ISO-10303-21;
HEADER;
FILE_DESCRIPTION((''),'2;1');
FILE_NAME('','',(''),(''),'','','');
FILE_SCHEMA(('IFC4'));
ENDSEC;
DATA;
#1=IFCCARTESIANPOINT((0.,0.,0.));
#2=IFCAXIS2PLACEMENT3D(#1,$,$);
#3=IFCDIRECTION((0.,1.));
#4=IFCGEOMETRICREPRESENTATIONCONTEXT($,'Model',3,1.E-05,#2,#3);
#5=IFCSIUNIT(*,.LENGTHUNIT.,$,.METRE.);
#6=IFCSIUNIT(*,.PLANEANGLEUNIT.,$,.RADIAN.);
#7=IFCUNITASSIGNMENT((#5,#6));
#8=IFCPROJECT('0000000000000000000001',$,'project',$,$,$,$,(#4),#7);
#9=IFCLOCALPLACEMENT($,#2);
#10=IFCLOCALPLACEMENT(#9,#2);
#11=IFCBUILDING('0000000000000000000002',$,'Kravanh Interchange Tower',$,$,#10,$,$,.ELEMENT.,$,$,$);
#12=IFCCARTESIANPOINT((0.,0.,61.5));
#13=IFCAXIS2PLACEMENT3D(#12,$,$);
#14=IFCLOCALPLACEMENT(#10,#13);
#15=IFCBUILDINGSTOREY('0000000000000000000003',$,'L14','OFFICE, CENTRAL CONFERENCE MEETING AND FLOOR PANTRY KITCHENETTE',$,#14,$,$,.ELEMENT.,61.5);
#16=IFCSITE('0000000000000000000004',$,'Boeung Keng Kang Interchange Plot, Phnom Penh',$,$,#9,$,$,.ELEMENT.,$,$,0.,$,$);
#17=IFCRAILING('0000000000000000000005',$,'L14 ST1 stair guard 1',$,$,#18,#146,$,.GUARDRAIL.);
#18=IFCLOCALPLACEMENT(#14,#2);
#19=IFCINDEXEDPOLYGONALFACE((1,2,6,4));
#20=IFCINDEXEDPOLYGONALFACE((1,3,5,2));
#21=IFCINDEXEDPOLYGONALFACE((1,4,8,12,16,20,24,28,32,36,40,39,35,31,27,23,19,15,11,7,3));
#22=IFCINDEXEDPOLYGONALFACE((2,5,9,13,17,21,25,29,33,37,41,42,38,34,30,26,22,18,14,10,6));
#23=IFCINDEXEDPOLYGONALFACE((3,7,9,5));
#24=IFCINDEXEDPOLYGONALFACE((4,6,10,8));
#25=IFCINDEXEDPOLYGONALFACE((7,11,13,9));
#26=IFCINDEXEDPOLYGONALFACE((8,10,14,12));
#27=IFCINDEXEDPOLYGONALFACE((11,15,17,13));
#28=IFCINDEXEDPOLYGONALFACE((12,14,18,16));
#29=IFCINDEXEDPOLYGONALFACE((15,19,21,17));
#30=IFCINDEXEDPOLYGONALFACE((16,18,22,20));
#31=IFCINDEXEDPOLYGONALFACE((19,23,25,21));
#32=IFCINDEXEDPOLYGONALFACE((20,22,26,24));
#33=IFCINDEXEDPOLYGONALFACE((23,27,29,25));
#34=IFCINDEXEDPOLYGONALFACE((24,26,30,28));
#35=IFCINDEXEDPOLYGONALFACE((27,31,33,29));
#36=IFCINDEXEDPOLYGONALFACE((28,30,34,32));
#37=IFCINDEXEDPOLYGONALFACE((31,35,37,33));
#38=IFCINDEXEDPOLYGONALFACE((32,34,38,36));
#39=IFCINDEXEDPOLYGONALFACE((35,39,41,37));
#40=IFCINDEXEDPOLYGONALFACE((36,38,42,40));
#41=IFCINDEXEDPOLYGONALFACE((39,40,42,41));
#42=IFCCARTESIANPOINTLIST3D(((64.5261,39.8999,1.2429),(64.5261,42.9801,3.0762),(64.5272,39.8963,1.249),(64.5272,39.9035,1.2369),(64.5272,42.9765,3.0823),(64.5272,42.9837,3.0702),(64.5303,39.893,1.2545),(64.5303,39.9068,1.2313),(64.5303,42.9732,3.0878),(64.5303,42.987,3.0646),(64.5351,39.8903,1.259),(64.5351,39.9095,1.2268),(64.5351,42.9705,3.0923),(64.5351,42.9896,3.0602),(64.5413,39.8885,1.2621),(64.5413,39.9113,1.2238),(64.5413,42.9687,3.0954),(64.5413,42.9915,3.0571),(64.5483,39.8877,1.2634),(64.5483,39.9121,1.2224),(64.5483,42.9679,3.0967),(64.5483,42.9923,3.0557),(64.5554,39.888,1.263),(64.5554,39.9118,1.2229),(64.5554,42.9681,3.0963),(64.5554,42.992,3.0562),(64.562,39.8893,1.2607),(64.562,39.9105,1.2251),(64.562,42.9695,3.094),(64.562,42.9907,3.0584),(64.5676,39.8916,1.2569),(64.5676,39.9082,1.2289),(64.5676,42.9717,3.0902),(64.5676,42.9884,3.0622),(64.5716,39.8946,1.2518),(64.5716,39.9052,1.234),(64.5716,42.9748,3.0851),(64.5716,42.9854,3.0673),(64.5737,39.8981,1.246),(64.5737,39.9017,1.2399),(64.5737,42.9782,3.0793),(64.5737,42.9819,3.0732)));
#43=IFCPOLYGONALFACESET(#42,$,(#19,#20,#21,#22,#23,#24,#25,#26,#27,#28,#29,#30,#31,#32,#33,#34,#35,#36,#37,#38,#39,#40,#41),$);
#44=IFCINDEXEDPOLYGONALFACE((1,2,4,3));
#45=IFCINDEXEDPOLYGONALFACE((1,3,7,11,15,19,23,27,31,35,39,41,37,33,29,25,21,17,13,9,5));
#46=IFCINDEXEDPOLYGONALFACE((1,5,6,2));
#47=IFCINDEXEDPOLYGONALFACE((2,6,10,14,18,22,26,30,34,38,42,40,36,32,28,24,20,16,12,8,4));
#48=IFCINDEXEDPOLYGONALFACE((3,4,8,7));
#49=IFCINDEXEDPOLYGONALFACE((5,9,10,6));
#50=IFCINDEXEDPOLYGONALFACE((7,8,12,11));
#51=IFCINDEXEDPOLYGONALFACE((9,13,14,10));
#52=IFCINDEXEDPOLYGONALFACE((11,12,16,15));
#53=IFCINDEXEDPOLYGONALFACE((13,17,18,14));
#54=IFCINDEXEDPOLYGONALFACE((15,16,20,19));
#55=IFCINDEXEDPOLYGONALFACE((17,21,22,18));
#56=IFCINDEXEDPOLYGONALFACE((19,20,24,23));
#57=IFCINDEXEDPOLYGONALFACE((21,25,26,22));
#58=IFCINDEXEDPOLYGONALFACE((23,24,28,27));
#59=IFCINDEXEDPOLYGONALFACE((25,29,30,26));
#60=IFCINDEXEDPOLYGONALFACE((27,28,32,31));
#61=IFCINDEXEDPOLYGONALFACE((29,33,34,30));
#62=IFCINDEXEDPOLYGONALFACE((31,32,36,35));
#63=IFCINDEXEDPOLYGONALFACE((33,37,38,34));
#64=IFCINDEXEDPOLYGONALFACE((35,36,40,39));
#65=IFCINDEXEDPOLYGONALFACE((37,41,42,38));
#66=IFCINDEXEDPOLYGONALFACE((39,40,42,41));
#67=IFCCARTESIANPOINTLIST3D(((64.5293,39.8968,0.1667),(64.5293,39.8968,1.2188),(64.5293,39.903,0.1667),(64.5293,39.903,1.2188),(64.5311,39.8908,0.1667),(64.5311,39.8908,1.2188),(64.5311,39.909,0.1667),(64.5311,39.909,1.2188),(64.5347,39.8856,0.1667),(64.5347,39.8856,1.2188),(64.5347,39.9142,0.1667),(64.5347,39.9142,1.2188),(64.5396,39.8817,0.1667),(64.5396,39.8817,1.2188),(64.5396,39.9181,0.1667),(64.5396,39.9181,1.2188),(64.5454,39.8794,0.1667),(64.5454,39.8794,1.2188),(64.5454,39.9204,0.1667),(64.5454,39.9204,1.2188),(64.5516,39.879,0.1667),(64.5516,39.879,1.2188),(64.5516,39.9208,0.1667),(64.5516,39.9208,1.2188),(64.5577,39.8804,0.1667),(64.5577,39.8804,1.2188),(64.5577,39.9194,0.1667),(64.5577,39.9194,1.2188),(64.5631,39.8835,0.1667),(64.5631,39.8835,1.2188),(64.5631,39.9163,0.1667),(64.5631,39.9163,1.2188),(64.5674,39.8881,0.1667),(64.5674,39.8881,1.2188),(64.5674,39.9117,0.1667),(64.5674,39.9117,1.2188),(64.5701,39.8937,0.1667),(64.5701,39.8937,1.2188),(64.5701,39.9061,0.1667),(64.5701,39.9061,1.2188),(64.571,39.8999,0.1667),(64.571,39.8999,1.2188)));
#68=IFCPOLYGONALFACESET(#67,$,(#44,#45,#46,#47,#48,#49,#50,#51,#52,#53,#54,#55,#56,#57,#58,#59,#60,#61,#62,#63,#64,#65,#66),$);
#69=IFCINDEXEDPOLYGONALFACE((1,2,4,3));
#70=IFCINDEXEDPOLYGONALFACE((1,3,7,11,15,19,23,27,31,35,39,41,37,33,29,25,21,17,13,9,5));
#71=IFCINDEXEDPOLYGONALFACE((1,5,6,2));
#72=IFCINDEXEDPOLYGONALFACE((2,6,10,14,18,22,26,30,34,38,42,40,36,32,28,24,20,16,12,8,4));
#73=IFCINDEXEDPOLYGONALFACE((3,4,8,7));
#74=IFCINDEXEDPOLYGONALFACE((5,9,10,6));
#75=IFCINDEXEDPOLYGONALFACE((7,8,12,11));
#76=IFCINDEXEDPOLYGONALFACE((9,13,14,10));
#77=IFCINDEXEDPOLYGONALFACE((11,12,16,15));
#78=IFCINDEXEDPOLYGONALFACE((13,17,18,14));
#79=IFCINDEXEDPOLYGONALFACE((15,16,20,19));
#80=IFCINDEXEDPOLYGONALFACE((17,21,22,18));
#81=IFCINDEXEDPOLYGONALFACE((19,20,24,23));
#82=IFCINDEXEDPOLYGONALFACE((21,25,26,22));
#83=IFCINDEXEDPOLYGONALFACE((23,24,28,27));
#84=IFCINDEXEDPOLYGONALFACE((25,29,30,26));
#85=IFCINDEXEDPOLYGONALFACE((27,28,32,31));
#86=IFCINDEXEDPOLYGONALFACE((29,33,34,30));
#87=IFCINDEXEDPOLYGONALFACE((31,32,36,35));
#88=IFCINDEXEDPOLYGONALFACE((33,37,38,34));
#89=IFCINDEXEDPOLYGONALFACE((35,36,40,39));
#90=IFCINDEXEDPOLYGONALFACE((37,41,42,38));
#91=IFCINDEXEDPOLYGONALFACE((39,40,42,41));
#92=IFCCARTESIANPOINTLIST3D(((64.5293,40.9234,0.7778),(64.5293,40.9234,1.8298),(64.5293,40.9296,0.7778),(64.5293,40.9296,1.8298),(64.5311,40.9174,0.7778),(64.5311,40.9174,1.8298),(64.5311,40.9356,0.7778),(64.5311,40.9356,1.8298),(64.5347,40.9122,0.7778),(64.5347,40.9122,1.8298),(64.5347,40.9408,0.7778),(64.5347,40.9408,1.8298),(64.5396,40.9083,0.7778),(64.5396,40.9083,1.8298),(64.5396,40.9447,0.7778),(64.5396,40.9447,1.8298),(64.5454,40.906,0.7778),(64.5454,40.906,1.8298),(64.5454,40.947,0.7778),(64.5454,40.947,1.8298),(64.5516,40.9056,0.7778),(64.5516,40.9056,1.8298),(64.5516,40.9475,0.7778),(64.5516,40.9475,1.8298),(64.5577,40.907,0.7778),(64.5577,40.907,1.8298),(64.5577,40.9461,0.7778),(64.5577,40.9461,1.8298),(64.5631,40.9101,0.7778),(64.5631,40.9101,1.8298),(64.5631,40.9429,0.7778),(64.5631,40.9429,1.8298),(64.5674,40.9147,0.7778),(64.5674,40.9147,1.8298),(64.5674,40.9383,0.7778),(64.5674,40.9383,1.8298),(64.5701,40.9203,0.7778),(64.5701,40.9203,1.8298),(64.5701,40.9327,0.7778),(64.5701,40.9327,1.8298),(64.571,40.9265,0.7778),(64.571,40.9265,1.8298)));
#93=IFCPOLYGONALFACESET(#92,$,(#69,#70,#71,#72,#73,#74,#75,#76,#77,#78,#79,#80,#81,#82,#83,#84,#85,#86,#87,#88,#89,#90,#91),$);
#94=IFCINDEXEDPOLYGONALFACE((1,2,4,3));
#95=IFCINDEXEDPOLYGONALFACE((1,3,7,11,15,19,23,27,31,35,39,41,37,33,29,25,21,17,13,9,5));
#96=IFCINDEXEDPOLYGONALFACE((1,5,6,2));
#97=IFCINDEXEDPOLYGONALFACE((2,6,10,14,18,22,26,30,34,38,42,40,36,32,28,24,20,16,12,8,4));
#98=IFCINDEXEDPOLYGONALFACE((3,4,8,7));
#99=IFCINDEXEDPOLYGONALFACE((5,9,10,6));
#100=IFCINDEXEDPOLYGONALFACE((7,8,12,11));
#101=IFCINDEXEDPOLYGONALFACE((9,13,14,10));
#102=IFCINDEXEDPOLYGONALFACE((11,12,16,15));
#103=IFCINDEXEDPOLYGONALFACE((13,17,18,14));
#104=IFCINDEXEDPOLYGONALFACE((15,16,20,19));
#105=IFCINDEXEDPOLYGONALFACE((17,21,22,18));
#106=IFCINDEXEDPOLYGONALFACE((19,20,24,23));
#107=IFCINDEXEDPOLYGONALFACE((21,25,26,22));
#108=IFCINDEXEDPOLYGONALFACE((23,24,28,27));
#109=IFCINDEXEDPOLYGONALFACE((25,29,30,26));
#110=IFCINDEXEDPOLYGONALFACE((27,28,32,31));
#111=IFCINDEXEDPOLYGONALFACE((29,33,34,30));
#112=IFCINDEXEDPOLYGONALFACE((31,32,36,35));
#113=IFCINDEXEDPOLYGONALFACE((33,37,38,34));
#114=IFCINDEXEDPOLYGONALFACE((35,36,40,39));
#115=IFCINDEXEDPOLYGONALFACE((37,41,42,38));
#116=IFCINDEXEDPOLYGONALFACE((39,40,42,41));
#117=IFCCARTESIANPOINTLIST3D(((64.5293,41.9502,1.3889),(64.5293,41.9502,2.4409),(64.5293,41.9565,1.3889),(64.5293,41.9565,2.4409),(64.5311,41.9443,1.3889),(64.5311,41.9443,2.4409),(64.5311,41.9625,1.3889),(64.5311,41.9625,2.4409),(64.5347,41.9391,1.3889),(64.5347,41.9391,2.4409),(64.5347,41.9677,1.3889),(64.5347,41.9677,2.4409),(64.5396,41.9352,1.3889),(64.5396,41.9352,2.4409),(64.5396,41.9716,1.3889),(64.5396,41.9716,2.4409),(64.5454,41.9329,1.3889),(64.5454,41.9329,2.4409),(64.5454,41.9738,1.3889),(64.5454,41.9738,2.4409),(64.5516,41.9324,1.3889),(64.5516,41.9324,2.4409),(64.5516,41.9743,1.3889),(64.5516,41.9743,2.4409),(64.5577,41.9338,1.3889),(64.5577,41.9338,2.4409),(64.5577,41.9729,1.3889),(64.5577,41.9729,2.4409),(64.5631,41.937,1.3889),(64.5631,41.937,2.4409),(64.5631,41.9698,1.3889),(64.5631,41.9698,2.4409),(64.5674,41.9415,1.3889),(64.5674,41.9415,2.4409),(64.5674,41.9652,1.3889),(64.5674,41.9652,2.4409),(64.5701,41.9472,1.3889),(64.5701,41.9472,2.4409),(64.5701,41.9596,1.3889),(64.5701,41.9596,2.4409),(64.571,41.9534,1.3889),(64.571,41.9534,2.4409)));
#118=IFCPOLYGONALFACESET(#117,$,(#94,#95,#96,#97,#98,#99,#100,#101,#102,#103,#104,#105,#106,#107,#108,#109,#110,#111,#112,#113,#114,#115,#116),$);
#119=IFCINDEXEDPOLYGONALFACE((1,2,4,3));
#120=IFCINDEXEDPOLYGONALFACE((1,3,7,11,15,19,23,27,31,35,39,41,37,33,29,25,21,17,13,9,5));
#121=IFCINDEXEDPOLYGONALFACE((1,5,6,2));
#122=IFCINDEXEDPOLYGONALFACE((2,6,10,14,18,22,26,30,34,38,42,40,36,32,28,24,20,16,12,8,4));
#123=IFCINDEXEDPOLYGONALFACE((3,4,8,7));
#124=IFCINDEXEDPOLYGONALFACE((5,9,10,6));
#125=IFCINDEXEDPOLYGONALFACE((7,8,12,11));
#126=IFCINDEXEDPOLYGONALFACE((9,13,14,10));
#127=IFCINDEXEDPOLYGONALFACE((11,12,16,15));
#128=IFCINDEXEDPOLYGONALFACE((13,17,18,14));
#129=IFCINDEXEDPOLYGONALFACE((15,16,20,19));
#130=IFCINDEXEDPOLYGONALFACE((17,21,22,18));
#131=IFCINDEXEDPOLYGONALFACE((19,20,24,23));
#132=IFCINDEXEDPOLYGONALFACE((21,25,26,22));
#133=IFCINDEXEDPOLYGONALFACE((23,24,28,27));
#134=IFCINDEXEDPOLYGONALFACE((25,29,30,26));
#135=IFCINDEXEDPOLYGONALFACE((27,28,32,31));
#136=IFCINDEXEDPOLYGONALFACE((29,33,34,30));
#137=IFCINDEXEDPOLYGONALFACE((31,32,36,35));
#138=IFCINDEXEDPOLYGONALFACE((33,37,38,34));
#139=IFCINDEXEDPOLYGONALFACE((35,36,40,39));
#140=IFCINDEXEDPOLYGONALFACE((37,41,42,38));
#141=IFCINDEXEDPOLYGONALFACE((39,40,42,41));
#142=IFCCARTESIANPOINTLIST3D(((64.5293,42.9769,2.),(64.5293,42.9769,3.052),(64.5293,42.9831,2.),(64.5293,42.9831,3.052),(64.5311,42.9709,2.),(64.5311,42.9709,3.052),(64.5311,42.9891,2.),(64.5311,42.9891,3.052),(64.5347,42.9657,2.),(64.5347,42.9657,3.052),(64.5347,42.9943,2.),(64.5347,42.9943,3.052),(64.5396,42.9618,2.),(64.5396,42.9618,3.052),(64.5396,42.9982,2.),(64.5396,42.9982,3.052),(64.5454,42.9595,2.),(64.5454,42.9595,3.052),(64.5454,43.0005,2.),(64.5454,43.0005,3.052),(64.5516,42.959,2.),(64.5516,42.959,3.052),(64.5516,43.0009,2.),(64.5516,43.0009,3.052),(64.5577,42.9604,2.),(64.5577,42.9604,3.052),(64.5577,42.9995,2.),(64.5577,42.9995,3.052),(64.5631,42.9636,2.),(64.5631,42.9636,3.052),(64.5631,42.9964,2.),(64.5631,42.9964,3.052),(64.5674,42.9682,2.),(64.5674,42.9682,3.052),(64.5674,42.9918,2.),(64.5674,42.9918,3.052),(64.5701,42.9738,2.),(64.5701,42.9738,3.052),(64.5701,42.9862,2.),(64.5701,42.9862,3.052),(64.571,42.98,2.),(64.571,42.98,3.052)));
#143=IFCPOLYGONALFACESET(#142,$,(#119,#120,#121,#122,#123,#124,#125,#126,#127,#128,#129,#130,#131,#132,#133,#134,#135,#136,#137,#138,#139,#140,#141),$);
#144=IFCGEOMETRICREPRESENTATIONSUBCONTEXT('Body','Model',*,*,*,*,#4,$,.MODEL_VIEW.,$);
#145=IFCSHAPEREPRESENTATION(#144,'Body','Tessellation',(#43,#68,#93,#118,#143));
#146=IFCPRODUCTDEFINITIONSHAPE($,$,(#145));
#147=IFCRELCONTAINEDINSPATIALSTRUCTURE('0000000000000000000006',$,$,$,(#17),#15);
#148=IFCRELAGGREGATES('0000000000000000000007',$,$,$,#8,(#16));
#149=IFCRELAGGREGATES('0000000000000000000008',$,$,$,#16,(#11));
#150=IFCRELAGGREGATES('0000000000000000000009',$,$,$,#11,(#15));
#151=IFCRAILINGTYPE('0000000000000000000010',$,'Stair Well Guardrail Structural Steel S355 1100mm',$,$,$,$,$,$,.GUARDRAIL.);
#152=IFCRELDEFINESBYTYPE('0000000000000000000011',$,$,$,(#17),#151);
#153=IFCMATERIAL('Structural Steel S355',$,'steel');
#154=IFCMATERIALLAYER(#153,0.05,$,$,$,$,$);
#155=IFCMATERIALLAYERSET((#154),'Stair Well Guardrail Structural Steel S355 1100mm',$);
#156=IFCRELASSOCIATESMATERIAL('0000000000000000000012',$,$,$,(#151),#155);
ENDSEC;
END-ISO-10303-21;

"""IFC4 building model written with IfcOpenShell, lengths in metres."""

from ifc_helpers import new_model, si_unit, direction, frame, origin, origin_2d, place, context, subcontext, project, spatial, circle, extrude, material, layer, layer_set, type_object, element, save


model = new_model("IFC4")

# Units and contexts
model_context = context("Model", 3, precision=1e-05, world=origin(), true_north=direction((0.0, 1.0)))
body_context = subcontext(model_context, "Body", "Model", "MODEL_VIEW")
ifc_project = project(units=[si_unit("LENGTHUNIT", "METRE"), si_unit("PLANEANGLEUNIT", "RADIAN")], contexts=[model_context])

# Site, building, storey
site_placement = place(None, origin())
site = spatial("IfcSite", under=ifc_project, at=site_placement, Name="Boeung Keng Kang Interchange Plot, Phnom Penh", CompositionType="ELEMENT", RefElevation=0.0)
building_placement = place(site_placement, origin())
building = spatial("IfcBuilding", under=site, at=building_placement, Name="Kravanh Interchange Tower", CompositionType="ELEMENT")
storey_placement = place(building_placement, frame((0.0, 0.0, 61.5)))
storey = spatial("IfcBuildingStorey", under=building, at=storey_placement, Name="L14", Description="OFFICE, CENTRAL CONFERENCE MEETING AND FLOOR PANTRY KITCHENETTE", CompositionType="ELEMENT", Elevation=61.5)

# Railing
ifc_material_1 = material(Name="Structural Steel S355", Category="steel")
ifc_layer_1 = layer(ifc_material_1, 0.05)
ifc_layer_set_1 = layer_set([ifc_layer_1], Name="Stair Well Guardrail Structural Steel S355 1100mm")
railing_type_1 = type_object("IfcRailingType", Name="Stair Well Guardrail Structural Steel S355 1100mm", PredefinedType="GUARDRAIL", material=ifc_layer_set_1)
railing_1_placement = place(storey_placement, frame((64.55, 39.8999, 0.1667)))
element("IfcRailing", 1, at=railing_1_placement, inside=storey, type_object=railing_type_1, Name="L14 ST1 stair guard 1", PredefinedType="GUARDRAIL", context=body_context, shape_type="SweptSolid", body=[
    extrude(circle(Radius=0.0239, at=origin_2d()), frame((0.0, 0.0, 1.0762), z_axis=(0.0, 0.859309, 0.511458), x_axis=(-1.0, 0.0, 0.0)), (0.0, 0.0, 1.0), 3.5845),
    extrude(circle(Radius=0.021, at=origin_2d()), origin(), (0.0, 0.0, 1.0), 1.052),
    extrude(circle(Radius=0.021, at=origin_2d()), frame((0.0, 1.0266, 0.6111)), (0.0, 0.0, 1.0), 1.052),
    extrude(circle(Radius=0.021, at=origin_2d()), frame((0.0, 2.0535, 1.2222)), (0.0, 0.0, 1.0), 1.052),
    extrude(circle(Radius=0.021, at=origin_2d()), frame((0.0, 3.0801, 1.8333)), (0.0, 0.0, 1.0), 1.052),
])

save(model, "model.ifc")
